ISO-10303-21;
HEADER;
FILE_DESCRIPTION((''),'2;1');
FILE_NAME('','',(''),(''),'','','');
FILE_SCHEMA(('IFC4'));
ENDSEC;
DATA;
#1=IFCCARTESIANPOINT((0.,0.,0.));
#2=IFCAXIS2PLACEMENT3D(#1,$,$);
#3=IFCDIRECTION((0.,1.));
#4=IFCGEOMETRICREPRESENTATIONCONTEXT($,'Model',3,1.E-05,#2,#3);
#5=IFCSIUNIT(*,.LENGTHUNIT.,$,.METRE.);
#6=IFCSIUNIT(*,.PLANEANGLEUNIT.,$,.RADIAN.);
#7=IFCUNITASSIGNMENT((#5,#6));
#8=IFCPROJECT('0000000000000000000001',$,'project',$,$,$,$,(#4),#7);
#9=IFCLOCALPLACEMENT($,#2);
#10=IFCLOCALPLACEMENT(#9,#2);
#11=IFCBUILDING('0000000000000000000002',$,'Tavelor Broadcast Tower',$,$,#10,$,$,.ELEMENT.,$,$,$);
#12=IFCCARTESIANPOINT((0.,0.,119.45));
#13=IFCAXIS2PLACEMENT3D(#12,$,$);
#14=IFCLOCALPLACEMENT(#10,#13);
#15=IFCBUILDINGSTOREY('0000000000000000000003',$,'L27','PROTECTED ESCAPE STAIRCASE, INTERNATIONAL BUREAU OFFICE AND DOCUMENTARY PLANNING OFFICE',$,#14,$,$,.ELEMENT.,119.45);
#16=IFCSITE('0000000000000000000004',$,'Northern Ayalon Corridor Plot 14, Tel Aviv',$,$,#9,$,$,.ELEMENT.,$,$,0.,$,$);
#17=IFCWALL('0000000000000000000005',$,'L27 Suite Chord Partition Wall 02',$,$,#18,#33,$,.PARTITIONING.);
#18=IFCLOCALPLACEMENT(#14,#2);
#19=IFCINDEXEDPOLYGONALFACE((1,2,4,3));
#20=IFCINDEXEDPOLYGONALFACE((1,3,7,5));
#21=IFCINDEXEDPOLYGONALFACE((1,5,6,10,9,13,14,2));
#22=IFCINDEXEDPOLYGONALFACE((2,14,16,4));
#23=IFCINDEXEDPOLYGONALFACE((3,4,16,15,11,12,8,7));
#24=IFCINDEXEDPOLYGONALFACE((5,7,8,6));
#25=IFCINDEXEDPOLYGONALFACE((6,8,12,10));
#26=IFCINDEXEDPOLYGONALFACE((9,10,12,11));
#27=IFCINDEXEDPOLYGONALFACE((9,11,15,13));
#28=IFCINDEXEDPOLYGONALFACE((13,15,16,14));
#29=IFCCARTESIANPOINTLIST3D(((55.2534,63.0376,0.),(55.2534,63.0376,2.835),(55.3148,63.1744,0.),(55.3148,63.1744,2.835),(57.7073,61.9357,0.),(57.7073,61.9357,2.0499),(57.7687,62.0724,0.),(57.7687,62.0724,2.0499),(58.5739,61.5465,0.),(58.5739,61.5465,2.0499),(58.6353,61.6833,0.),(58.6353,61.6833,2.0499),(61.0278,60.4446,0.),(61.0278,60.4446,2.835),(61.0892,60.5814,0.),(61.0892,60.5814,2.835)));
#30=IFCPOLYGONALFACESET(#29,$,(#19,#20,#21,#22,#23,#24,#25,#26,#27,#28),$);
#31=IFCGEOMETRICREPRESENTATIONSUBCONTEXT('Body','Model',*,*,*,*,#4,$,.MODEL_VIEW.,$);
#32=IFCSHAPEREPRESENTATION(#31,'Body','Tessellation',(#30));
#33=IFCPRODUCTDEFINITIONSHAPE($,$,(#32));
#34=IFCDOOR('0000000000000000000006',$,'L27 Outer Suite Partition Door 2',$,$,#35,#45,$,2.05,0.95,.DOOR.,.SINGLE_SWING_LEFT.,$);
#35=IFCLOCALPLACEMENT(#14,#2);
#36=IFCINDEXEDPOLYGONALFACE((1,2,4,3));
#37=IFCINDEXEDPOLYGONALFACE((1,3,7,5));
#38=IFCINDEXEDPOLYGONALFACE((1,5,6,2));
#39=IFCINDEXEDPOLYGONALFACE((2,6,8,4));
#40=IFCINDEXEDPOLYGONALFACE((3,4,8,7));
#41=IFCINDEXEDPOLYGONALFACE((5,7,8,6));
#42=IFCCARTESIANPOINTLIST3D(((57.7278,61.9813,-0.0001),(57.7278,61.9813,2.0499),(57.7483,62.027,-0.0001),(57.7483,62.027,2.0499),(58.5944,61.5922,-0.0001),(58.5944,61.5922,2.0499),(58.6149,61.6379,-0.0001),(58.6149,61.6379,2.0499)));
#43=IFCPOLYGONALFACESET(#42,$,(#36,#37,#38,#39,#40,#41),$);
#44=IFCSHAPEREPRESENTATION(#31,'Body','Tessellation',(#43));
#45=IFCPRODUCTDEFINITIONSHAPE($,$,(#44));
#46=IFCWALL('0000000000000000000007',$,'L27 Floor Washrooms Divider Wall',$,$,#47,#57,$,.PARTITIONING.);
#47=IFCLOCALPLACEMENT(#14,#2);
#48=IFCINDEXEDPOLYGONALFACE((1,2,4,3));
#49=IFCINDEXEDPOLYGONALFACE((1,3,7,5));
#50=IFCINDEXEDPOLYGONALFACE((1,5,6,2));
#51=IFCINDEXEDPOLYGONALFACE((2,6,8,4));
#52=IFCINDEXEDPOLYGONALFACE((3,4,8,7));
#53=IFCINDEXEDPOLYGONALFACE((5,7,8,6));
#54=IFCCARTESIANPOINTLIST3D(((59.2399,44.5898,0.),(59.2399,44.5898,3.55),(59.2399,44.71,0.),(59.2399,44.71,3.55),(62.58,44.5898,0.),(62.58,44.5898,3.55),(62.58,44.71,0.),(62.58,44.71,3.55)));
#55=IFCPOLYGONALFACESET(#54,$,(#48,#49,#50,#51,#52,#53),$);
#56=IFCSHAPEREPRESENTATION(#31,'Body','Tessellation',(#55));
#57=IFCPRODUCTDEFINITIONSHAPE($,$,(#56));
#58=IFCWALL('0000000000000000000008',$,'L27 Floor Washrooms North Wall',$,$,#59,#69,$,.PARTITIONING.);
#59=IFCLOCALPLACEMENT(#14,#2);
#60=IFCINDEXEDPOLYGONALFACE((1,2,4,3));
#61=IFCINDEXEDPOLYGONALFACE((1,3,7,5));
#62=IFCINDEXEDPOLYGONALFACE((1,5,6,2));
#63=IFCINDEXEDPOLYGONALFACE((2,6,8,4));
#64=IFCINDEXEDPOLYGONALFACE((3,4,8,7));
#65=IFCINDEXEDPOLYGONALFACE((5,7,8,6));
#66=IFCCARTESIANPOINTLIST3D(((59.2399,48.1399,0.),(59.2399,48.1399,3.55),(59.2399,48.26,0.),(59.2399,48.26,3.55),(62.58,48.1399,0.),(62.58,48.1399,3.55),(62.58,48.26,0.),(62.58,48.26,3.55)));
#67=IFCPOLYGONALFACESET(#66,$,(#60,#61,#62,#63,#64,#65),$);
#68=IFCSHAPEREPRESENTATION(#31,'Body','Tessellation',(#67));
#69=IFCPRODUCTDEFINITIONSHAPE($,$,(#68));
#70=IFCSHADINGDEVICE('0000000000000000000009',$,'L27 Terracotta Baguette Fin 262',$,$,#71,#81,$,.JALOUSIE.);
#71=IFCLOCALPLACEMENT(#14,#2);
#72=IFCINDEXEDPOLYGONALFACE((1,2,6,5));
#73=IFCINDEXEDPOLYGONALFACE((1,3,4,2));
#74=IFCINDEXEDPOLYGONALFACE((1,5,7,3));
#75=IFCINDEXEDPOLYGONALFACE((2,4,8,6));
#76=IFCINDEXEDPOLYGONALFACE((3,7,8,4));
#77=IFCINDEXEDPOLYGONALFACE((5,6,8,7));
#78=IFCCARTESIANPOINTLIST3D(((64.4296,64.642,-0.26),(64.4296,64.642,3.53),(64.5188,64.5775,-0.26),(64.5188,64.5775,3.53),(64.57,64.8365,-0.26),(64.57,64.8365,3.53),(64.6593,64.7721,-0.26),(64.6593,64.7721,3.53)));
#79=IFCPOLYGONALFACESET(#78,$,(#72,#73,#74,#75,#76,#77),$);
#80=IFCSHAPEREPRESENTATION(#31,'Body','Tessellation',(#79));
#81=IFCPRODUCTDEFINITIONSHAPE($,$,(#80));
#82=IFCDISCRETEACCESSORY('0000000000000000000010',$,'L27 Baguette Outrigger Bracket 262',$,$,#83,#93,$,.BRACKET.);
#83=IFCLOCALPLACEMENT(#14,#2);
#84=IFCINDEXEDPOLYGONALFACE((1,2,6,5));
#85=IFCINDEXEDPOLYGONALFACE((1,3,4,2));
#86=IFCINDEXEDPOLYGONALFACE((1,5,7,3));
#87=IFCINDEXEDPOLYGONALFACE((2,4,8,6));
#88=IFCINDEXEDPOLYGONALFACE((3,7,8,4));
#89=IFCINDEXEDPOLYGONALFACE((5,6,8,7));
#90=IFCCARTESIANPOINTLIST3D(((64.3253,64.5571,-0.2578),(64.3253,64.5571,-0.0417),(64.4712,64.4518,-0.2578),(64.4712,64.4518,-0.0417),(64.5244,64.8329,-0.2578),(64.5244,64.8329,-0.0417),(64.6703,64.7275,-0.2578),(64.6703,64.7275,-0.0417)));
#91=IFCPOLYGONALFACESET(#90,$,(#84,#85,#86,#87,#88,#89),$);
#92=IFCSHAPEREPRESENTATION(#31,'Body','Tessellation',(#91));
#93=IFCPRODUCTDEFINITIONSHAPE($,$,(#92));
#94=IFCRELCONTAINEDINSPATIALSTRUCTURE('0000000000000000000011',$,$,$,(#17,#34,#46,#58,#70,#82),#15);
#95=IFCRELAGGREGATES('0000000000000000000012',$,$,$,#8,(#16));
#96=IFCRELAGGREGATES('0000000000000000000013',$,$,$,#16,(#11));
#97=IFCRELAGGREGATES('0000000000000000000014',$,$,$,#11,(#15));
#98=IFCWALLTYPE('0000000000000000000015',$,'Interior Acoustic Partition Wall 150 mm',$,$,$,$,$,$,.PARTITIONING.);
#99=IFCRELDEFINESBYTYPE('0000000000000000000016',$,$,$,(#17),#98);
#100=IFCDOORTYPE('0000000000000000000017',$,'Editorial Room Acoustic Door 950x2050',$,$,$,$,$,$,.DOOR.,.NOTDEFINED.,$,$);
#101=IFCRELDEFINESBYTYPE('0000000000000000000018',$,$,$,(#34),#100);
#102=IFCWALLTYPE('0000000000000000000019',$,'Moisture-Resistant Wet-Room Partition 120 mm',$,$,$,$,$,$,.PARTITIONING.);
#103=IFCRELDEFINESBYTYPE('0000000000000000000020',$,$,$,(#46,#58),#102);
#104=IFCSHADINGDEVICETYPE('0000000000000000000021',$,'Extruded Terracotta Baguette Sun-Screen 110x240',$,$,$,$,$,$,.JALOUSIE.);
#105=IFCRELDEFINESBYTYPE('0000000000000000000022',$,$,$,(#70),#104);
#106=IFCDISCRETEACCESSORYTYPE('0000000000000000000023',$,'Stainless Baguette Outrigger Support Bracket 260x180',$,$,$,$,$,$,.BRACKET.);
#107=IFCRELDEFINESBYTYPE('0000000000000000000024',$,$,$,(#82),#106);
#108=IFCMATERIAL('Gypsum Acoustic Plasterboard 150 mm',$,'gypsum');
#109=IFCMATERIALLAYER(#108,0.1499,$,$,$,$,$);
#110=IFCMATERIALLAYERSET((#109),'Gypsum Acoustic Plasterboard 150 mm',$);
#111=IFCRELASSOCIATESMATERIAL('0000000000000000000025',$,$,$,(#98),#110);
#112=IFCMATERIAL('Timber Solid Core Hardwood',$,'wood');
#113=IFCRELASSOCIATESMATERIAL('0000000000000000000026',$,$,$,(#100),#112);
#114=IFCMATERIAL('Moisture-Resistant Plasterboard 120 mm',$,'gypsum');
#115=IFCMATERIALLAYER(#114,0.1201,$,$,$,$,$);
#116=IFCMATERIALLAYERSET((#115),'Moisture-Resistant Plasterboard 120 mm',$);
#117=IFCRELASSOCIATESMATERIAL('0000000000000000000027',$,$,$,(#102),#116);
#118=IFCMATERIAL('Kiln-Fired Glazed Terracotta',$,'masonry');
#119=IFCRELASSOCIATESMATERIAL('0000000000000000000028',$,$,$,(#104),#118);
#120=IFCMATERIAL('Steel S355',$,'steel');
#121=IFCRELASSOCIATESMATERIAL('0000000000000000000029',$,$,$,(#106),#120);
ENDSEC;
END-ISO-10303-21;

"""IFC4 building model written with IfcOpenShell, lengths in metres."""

from ifc_helpers import new_model, si_unit, direction, frame, frame_2d, origin, origin_2d, place, context, subcontext, project, spatial, rectangle, extrude, source, transform, mapped, material, layer, layer_set, type_object, type_shapes, element, fill, save


model = new_model("IFC4")

# Units and contexts
model_context = context("Model", 3, precision=1e-05, world=origin(), true_north=direction((0.0, 1.0)))
body_context = subcontext(model_context, "Body", "Model", "MODEL_VIEW")
ifc_project = project(units=[si_unit("LENGTHUNIT", "METRE"), si_unit("PLANEANGLEUNIT", "RADIAN")], contexts=[model_context])

# Site, building, storey
site_placement = place(None, origin())
site = spatial("IfcSite", under=ifc_project, at=site_placement, Name="Northern Ayalon Corridor Plot 14, Tel Aviv", CompositionType="ELEMENT", RefElevation=0.0)
building_placement = place(site_placement, origin())
building = spatial("IfcBuilding", under=site, at=building_placement, Name="Tavelor Broadcast Tower", CompositionType="ELEMENT")
storey_placement = place(building_placement, frame((0.0, 0.0, 119.45)))
storey = spatial("IfcBuildingStorey", under=building, at=storey_placement, Name="L27", Description="PROTECTED ESCAPE STAIRCASE, INTERNATIONAL BUREAU OFFICE AND DOCUMENTARY PLANNING OFFICE", CompositionType="ELEMENT", Elevation=119.45)

# Shared definitions
ifc_material_1 = material(Name="Steel S355", Category="steel")

# Shared definitions
ifc_material_2 = material(Name="Timber Solid Core Hardwood", Category="wood")

# Shared definitions
ifc_material_3 = material(Name="Gypsum Acoustic Plasterboard 150 mm", Category="gypsum")
ifc_layer_1 = layer(ifc_material_3, 0.1499)
ifc_layer_set_1 = layer_set([ifc_layer_1], Name="Gypsum Acoustic Plasterboard 150 mm")
wall_type_1 = type_object("IfcWallType", Name="Interior Acoustic Partition Wall 150 mm", PredefinedType="PARTITIONING", material=ifc_layer_set_1)

# Wall, opening, door
wall_1_placement = place(storey_placement, frame((61.0586, 60.5129, 0.0), z_axis=(0.0, 0.0, 1.0), x_axis=(-0.912245, 0.409646, 0.0)))
wall_1 = element("IfcWall", 1, at=wall_1_placement, inside=storey, type_object=wall_type_1, Name="L27 Suite Chord Partition Wall 02", PredefinedType="PARTITIONING", context=body_context, shape_type="SweptSolid", body=[
    extrude(rectangle(XDim=6.3298, YDim=0.1499, at=frame_2d((3.165, 0.0))), origin(), (0.0, 0.0, 1.0), 2.835),
])
opening_1_placement = place(wall_1_placement, frame((2.6899, 0.0, 0.0)))
opening_1 = element("IfcOpeningElement", 2, at=opening_1_placement, cuts=wall_1, PredefinedType="OPENING", context=body_context, shape_type="SweptSolid", body=[
    extrude(rectangle(XDim=0.95, YDim=2.05, at=frame_2d((0.4751, 1.0249))), frame((0.0, 0.085, 0.0), z_axis=(0.0, -1.0, 0.0), x_axis=(1.0, 0.0, 0.0)), (0.0, 0.0, 1.0), 0.1699),
])
door_type_1 = type_object("IfcDoorType", Name="Editorial Room Acoustic Door 950x2050", OperationType="NOTDEFINED", PredefinedType="DOOR", material=ifc_material_2)
door_1_placement = place(opening_1_placement, origin())
door_1 = element("IfcDoor", 3, at=door_1_placement, inside=storey, type_object=door_type_1, Name="L27 Outer Suite Partition Door 2", OperationType="SINGLE_SWING_LEFT", OverallHeight=2.05, OverallWidth=0.95, PredefinedType="DOOR", context=body_context, shape_type="SweptSolid", body=[
    extrude(rectangle(XDim=0.95, YDim=2.05, at=frame_2d((0.4751, 1.0249))), frame((0.0, 0.0249, 0.0), z_axis=(0.0, -1.0, 0.0), x_axis=(1.0, 0.0, 0.0)), (0.0, 0.0, 1.0), 0.05),
])
fill(opening_1, door_1)

# Walls
ifc_material_4 = material(Name="Moisture-Resistant Plasterboard 120 mm", Category="gypsum")
ifc_layer_2 = layer(ifc_material_4, 0.1201)
ifc_layer_set_2 = layer_set([ifc_layer_2], Name="Moisture-Resistant Plasterboard 120 mm")
wall_type_2 = type_object("IfcWallType", Name="Moisture-Resistant Wet-Room Partition 120 mm", PredefinedType="PARTITIONING", material=ifc_layer_set_2)
for number, where, z_axis, x_axis, name in (
    (4, (59.24, 44.6499, 0.0), (0.0, 0.0, 1.0), (1.0, 0.0, 0.0), "L27 Floor Washrooms Divider Wall"),
    (5, (59.24, 48.2, 0.0), (0.0, 0.0, 1.0), (1.0, 0.0, 0.0), "L27 Floor Washrooms North Wall"),
):
    element("IfcWall", number, at=place(storey_placement, frame(where, z_axis=z_axis, x_axis=x_axis)), inside=storey, type_object=wall_type_2, Name=name, PredefinedType="PARTITIONING", context=body_context, shape_type="SweptSolid", body=[
        extrude(rectangle(XDim=3.3401, YDim=0.1201, at=frame_2d((1.6699, 0.0))), origin(), (0.0, 0.0, 1.0), 3.55),
    ])

# Shading device
ifc_material_5 = material(Name="Kiln-Fired Glazed Terracotta", Category="masonry")
shading_device_type = type_object("IfcShadingDeviceType", Name="Extruded Terracotta Baguette Sun-Screen 110x240", PredefinedType="JALOUSIE", material=ifc_material_5)
shared_shape_1 = source(origin(), body_context, "Body", "SweptSolid", [
    extrude(rectangle(XDim=0.1101, YDim=0.24, at=origin_2d()), origin(), (0.0, 0.0, 1.0), 3.79),
])
type_shapes(shading_device_type, [shared_shape_1])
shading_device_placement = place(storey_placement, frame((64.5444, 64.707, -0.26), z_axis=(0.0, 0.0, 1.0), x_axis=(-0.810757, 0.585382, 0.0)))
element("IfcShadingDevice", 6, at=shading_device_placement, inside=storey, type_object=shading_device_type, Name="L27 Terracotta Baguette Fin 262", PredefinedType="JALOUSIE", context=body_context, shape_type="MappedRepresentation", body=[
    mapped(shared_shape_1, transform((0.0, 0.0, 0.0), scale=1.0)),
])

# Discrete accessory
discrete_accessory_type = type_object("IfcDiscreteAccessoryType", Name="Stainless Baguette Outrigger Support Bracket 260x180", PredefinedType="BRACKET", material=ifc_material_1)
shared_shape_2 = source(origin(), body_context, "Body", "SweptSolid", [
    extrude(rectangle(XDim=0.1799, YDim=0.3401, at=origin_2d()), origin(), (0.0, 0.0, 1.0), 0.2161),
])
type_shapes(discrete_accessory_type, [shared_shape_2])
discrete_accessory_placement = place(storey_placement, frame((64.4978, 64.6423, -0.2578), z_axis=(0.0, 0.0, 1.0), x_axis=(-0.810757, 0.585382, 0.0)))
element("IfcDiscreteAccessory", 7, at=discrete_accessory_placement, inside=storey, type_object=discrete_accessory_type, Name="L27 Baguette Outrigger Bracket 262", PredefinedType="BRACKET", context=body_context, shape_type="MappedRepresentation", body=[
    mapped(shared_shape_2, transform((0.0, 0.0, 0.0), scale=1.0)),
])

save(model, "model.ifc")
